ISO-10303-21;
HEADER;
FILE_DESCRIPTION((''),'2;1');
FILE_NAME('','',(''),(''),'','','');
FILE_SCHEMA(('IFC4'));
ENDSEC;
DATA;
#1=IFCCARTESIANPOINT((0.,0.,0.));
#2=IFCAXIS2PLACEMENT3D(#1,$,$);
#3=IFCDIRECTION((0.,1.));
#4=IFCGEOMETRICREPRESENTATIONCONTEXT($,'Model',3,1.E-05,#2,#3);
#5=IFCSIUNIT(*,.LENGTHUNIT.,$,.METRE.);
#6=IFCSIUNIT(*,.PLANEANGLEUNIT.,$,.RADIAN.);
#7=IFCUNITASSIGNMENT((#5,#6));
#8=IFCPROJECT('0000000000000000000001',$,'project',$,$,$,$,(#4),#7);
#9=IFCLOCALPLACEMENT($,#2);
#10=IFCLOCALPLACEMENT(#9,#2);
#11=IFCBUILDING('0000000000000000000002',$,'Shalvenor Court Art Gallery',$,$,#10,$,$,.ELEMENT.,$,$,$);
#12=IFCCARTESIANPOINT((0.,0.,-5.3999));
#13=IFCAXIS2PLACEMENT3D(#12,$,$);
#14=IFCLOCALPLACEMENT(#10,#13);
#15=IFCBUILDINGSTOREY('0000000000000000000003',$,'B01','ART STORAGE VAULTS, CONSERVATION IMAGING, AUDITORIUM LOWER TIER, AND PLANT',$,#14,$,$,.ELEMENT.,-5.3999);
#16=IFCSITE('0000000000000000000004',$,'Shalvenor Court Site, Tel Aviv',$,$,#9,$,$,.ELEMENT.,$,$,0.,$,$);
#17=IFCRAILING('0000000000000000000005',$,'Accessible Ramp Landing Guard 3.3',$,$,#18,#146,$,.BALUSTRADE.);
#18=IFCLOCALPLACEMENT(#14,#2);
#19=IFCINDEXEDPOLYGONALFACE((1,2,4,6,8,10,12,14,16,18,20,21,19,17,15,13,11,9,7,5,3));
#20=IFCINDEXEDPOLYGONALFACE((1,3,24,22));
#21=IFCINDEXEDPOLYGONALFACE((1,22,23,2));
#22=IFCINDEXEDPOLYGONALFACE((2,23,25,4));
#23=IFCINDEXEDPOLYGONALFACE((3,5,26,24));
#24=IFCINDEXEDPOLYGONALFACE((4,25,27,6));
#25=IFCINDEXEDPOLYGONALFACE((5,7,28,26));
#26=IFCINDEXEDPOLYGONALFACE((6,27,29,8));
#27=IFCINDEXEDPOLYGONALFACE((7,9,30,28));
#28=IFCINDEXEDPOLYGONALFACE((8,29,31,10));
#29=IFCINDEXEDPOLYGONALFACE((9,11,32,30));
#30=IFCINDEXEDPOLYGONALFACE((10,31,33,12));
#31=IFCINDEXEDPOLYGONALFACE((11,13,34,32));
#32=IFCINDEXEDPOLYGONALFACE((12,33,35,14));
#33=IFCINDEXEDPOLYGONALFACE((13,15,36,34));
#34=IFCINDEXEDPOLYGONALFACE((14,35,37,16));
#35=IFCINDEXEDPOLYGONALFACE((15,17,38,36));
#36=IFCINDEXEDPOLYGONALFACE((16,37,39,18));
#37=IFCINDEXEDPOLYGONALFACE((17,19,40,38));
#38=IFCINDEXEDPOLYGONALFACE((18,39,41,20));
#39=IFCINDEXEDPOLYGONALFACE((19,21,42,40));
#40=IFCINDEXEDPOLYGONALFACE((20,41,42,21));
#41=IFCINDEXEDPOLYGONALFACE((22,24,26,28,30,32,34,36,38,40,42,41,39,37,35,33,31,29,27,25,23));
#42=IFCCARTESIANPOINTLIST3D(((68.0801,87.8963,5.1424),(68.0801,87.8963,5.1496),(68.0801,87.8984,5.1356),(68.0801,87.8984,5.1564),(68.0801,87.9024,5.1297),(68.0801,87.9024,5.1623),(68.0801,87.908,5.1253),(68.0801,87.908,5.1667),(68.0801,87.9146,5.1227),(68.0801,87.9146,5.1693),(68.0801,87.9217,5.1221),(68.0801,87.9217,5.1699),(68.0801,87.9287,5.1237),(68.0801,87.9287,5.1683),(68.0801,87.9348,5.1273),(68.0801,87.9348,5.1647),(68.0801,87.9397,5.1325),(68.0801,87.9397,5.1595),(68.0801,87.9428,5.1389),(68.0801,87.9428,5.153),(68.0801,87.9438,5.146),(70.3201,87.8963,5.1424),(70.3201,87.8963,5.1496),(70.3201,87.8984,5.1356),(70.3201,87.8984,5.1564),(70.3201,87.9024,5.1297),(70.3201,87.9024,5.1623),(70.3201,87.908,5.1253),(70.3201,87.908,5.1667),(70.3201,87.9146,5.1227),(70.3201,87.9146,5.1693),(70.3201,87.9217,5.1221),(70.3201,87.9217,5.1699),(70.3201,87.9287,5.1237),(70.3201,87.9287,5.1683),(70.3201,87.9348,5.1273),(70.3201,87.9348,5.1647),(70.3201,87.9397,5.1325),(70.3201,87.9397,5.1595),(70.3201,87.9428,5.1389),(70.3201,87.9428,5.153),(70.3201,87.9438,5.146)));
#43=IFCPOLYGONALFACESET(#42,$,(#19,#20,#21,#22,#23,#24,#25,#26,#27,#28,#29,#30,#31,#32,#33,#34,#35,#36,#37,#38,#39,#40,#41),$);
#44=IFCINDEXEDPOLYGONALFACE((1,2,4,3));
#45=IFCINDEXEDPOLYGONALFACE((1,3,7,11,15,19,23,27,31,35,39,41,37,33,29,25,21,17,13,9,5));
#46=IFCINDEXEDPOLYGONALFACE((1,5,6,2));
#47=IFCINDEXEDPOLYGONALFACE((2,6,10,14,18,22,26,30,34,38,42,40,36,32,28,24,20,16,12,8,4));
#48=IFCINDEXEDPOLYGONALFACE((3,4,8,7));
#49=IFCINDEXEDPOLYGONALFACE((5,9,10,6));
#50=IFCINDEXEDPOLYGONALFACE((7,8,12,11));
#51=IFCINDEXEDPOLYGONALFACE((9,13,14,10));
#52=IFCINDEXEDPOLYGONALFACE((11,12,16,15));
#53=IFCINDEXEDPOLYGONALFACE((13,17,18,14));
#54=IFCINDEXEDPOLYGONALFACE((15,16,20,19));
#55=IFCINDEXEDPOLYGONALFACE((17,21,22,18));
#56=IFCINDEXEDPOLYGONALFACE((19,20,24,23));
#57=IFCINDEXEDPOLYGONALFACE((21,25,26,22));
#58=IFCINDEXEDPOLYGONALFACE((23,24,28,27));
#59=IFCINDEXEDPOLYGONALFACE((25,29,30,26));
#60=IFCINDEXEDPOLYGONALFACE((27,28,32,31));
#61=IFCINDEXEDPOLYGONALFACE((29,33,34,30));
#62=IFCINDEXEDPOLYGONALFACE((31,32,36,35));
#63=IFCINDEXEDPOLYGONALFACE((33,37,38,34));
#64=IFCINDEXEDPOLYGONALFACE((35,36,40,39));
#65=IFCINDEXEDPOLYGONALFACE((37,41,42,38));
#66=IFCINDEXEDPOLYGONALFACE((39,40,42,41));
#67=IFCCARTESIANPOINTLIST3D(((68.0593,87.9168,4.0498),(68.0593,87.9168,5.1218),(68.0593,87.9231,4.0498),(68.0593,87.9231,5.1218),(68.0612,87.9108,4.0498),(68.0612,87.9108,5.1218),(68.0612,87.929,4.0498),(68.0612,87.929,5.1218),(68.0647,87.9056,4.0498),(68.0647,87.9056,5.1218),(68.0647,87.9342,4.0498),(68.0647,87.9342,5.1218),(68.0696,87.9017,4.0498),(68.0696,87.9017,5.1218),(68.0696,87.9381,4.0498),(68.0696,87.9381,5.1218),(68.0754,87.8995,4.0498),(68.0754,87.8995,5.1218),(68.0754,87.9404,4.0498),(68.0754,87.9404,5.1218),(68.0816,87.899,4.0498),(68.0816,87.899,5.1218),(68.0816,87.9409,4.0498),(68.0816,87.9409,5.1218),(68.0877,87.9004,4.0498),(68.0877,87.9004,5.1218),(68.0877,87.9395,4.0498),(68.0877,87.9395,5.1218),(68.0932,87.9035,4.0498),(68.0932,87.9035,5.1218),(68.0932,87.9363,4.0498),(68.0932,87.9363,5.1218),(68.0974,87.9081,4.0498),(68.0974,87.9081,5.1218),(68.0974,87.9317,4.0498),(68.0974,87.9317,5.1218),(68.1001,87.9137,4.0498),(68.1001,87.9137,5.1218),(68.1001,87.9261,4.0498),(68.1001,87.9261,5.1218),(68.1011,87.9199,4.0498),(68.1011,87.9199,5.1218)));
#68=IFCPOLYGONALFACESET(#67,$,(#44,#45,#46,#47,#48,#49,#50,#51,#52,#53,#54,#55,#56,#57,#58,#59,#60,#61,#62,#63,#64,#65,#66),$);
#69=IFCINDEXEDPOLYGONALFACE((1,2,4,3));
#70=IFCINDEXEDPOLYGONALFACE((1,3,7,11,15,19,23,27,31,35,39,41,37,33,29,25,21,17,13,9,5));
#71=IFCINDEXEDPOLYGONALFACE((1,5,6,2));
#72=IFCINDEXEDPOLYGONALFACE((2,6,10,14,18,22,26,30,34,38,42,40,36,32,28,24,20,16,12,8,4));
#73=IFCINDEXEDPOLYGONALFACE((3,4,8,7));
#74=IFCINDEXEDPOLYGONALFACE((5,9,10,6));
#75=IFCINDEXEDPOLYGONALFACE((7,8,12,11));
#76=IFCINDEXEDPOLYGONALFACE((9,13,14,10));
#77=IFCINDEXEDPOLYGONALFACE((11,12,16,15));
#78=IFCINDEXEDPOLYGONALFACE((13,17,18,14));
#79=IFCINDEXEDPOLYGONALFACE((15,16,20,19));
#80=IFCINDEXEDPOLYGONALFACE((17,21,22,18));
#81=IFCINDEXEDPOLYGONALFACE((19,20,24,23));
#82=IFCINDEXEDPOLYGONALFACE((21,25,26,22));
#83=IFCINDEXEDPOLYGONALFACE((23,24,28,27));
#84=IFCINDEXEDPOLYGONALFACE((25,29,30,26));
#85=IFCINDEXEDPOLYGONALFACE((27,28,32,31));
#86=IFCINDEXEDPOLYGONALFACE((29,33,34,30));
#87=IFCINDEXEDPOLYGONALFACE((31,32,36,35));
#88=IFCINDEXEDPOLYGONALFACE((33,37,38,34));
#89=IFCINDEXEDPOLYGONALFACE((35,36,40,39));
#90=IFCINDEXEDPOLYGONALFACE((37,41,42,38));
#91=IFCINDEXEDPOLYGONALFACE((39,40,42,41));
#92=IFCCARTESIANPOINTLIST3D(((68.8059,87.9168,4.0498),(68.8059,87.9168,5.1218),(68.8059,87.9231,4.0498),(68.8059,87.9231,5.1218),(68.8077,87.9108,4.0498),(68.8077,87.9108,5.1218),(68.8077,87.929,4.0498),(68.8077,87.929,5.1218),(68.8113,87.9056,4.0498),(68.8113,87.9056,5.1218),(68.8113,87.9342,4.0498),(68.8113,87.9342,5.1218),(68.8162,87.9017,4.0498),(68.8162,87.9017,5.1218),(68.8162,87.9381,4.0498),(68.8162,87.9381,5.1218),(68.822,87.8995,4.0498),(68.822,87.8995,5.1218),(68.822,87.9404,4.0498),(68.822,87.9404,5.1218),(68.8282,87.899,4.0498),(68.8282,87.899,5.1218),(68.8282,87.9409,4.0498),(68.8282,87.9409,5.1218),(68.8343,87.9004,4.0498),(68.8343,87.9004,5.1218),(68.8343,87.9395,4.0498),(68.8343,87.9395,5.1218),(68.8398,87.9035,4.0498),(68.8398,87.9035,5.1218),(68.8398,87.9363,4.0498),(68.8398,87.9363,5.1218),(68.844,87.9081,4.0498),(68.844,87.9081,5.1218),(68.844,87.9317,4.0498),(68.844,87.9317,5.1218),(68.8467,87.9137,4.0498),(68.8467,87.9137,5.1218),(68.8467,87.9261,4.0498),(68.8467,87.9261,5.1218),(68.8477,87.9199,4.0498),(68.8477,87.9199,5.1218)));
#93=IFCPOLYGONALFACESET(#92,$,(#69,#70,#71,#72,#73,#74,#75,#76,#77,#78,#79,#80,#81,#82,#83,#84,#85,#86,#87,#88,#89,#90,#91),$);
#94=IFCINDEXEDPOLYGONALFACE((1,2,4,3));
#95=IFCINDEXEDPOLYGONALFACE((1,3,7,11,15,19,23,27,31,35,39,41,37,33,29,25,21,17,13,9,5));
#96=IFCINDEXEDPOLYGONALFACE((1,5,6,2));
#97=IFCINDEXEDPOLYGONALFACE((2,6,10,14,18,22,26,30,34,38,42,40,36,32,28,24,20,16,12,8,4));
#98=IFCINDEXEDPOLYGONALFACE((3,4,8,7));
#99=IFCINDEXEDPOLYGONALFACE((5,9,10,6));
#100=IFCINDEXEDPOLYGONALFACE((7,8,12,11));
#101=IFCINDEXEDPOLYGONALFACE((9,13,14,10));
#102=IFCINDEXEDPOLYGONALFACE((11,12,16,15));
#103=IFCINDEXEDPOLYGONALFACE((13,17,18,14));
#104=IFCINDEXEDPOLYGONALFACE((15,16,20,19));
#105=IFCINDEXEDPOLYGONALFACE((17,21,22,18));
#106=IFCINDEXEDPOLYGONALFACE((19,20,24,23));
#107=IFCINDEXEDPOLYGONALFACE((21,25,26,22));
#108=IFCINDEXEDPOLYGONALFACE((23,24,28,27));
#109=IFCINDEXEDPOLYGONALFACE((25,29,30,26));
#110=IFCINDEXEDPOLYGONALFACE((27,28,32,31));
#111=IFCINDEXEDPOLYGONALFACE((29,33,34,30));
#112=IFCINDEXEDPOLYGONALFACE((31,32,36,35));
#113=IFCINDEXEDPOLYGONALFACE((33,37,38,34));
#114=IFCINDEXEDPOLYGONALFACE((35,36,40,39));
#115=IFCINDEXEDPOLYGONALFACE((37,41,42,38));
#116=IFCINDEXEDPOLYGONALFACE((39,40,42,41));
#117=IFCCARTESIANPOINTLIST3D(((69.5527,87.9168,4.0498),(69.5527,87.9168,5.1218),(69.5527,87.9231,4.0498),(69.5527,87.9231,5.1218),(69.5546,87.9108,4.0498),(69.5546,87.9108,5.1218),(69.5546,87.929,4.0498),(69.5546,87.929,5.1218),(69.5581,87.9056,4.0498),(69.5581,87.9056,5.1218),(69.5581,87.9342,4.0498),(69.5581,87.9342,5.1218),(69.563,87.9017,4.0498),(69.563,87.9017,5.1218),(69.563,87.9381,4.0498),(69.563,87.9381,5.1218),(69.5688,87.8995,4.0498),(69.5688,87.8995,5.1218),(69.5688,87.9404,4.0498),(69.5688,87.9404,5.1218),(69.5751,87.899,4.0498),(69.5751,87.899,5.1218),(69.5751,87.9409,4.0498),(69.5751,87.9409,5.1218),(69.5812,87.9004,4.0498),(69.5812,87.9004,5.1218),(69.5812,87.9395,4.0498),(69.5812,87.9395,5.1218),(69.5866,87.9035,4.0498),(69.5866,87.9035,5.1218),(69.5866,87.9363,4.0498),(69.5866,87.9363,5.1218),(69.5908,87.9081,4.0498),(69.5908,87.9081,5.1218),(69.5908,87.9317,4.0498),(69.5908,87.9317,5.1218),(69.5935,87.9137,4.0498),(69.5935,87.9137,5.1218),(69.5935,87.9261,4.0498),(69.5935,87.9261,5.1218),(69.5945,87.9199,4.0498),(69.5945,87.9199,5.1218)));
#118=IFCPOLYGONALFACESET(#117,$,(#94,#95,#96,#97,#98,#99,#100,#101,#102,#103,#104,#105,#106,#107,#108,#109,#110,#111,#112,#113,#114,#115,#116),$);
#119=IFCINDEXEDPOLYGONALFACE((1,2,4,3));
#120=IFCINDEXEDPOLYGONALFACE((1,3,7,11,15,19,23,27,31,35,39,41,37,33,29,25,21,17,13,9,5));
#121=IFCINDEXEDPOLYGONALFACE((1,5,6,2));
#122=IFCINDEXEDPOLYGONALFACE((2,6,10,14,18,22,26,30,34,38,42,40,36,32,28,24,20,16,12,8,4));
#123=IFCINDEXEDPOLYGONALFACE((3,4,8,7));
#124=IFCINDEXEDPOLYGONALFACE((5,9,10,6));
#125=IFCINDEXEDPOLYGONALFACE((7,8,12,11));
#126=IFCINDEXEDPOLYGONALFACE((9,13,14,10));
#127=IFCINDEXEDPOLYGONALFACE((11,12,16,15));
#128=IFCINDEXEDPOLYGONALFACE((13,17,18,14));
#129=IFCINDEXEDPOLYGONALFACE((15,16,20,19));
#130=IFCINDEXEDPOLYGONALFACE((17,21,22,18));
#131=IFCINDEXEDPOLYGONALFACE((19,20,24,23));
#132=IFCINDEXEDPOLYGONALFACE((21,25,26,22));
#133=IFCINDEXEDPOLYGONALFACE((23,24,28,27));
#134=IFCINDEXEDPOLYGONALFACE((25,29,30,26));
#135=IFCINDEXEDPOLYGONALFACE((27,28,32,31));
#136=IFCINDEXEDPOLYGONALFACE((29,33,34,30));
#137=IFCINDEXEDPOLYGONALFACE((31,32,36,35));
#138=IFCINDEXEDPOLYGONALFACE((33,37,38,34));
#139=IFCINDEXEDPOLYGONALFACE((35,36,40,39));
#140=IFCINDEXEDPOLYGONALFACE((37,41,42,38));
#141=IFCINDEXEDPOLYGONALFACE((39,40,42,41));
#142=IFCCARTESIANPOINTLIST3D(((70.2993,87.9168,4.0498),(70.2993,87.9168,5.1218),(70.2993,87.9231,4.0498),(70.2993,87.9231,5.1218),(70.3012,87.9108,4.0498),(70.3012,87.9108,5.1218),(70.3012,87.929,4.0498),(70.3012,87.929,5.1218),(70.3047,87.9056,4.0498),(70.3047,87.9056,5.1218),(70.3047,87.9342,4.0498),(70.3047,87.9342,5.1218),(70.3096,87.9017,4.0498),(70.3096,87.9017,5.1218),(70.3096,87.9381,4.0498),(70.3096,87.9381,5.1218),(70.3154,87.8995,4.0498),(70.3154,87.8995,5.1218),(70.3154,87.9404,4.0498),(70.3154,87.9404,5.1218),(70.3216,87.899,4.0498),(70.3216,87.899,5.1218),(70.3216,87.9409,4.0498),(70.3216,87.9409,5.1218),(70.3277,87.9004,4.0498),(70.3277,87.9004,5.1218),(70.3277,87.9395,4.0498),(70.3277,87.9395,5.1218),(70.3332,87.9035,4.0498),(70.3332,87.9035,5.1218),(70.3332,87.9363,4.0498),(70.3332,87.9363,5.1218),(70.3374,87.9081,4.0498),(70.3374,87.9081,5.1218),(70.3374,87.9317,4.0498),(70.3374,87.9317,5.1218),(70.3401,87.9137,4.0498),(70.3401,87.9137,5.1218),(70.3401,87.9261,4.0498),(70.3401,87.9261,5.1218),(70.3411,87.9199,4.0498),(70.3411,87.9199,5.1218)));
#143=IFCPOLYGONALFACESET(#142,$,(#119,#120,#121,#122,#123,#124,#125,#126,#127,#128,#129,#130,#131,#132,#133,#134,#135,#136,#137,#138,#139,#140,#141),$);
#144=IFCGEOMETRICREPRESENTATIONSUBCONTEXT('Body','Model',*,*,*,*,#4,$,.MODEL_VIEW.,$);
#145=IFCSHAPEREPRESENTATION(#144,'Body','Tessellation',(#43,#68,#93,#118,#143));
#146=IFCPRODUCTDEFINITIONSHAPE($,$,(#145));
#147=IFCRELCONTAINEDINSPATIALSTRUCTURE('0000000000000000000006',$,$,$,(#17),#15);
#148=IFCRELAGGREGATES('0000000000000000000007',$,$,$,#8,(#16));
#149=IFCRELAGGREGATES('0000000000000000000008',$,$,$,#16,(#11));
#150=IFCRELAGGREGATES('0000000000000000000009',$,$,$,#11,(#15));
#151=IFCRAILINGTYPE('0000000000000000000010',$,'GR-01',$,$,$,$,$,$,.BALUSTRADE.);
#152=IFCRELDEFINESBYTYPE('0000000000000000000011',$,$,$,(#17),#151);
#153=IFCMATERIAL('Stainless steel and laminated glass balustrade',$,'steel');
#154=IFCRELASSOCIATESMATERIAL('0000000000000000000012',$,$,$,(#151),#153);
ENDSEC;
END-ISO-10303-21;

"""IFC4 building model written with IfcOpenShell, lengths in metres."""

from ifc_helpers import new_model, si_unit, direction, frame, origin, origin_2d, place, context, subcontext, project, spatial, circle, extrude, material, type_object, element, save


model = new_model("IFC4")

# Units and contexts
model_context = context("Model", 3, precision=1e-05, world=origin(), true_north=direction((0.0, 1.0)))
body_context = subcontext(model_context, "Body", "Model", "MODEL_VIEW")
ifc_project = project(units=[si_unit("LENGTHUNIT", "METRE"), si_unit("PLANEANGLEUNIT", "RADIAN")], contexts=[model_context])

# Site, building, storey
site_placement = place(None, origin())
site = spatial("IfcSite", under=ifc_project, at=site_placement, Name="Shalvenor Court Site, Tel Aviv", CompositionType="ELEMENT", RefElevation=0.0)
building_placement = place(site_placement, origin())
building = spatial("IfcBuilding", under=site, at=building_placement, Name="Shalvenor Court Art Gallery", CompositionType="ELEMENT")
storey_placement = place(building_placement, frame((0.0, 0.0, -5.3999)))
storey = spatial("IfcBuildingStorey", under=building, at=storey_placement, Name="B01", Description="ART STORAGE VAULTS, CONSERVATION IMAGING, AUDITORIUM LOWER TIER, AND PLANT", CompositionType="ELEMENT", Elevation=-5.3999)

# Railing
ifc_material_1 = material(Name="Stainless steel and laminated glass balustrade", Category="steel")
railing_type_1 = type_object("IfcRailingType", Name="GR-01", PredefinedType="BALUSTRADE", material=ifc_material_1)
for number, where, name in (
    (1, (68.0801, 87.9199, 4.0498), "Accessible Ramp Landing Guard 3.3"),
):
    element("IfcRailing", number, at=place(storey_placement, frame(where)), inside=storey, type_object=railing_type_1, Name=name, PredefinedType="BALUSTRADE", context=body_context, shape_type="SweptSolid", body=[
        extrude(circle(Radius=0.0239, at=origin_2d()), frame((0.0, 0.0, 1.0962), z_axis=(1.0, 0.0, 0.0), x_axis=(0.0, 1.0, 0.0)), (0.0, 0.0, 1.0), 2.24),
        extrude(circle(Radius=0.021, at=origin_2d()), origin(), (0.0, 0.0, 1.0), 1.072),
        extrude(circle(Radius=0.021, at=origin_2d()), frame((0.7466, 0.0, 0.0)), (0.0, 0.0, 1.0), 1.072),
        extrude(circle(Radius=0.021, at=origin_2d()), frame((1.4934, 0.0, 0.0)), (0.0, 0.0, 1.0), 1.072),
        extrude(circle(Radius=0.021, at=origin_2d()), frame((2.24, 0.0, 0.0)), (0.0, 0.0, 1.0), 1.072),
    ])

save(model, "model.ifc")
